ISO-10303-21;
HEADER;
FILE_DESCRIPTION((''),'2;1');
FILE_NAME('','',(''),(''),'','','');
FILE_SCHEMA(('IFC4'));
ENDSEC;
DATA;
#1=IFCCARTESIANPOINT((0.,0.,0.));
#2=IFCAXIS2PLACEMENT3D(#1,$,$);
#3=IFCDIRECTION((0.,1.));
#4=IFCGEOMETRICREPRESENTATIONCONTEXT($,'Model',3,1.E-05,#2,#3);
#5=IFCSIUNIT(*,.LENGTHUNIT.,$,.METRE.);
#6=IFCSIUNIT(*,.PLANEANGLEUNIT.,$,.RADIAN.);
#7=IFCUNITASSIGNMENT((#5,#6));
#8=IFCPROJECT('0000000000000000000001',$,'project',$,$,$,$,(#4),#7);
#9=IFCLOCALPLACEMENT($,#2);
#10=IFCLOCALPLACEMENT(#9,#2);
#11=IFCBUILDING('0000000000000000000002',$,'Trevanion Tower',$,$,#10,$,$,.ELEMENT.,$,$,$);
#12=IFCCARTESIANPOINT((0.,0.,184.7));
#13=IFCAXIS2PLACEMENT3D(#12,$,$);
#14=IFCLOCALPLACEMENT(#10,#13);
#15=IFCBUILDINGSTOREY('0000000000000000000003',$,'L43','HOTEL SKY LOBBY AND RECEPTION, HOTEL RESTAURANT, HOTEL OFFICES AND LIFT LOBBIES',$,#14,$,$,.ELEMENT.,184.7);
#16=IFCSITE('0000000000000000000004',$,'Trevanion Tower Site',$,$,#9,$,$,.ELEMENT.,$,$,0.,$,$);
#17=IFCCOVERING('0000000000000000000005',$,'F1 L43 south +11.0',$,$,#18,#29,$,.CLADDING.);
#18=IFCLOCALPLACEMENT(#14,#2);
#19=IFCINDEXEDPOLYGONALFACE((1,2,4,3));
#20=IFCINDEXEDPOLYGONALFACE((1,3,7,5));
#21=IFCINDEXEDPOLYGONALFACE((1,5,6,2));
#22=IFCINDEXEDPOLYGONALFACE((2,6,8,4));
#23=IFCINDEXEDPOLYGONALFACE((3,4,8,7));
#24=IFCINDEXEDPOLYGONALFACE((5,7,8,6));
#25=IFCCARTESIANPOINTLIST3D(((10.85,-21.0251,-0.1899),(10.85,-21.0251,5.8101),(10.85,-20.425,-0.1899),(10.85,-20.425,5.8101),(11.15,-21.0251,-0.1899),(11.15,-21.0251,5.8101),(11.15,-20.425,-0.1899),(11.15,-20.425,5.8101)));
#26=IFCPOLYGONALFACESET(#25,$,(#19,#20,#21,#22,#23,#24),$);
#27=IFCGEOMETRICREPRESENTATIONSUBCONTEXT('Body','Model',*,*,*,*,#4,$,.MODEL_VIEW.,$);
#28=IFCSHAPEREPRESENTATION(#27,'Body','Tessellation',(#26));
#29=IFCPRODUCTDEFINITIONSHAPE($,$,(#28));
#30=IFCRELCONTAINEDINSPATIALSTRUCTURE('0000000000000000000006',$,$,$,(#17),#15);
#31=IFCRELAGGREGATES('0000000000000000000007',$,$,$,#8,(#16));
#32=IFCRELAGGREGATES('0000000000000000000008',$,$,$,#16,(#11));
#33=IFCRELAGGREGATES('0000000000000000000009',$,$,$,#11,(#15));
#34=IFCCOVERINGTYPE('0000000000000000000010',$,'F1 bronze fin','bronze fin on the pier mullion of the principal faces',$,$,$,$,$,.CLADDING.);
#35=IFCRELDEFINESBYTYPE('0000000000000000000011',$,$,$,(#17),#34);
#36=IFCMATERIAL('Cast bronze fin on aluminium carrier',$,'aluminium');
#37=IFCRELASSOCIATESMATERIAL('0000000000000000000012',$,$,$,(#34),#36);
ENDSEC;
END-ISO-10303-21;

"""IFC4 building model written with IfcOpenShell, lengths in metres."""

from ifc_helpers import new_model, si_unit, direction, frame, origin, origin_2d, place, context, subcontext, project, spatial, rectangle, extrude, material, type_object, element, save


model = new_model("IFC4")

# Units and contexts
model_context = context("Model", 3, precision=1e-05, world=origin(), true_north=direction((0.0, 1.0)))
body_context = subcontext(model_context, "Body", "Model", "MODEL_VIEW")
ifc_project = project(units=[si_unit("LENGTHUNIT", "METRE"), si_unit("PLANEANGLEUNIT", "RADIAN")], contexts=[model_context])

# Site, building, storey
site_placement = place(None, origin())
site = spatial("IfcSite", under=ifc_project, at=site_placement, Name="Trevanion Tower Site", CompositionType="ELEMENT", RefElevation=0.0)
building_placement = place(site_placement, origin())
building = spatial("IfcBuilding", under=site, at=building_placement, Name="Trevanion Tower", CompositionType="ELEMENT")
storey_placement = place(building_placement, frame((0.0, 0.0, 184.7)))
storey = spatial("IfcBuildingStorey", under=building, at=storey_placement, Name="L43", Description="HOTEL SKY LOBBY AND RECEPTION, HOTEL RESTAURANT, HOTEL OFFICES AND LIFT LOBBIES", CompositionType="ELEMENT", Elevation=184.7)

# Covering
ifc_material_1 = material(Name="Cast bronze fin on aluminium carrier", Category="aluminium")
covering_type = type_object("IfcCoveringType", Name="F1 bronze fin", Description="bronze fin on the pier mullion of the principal faces", PredefinedType="CLADDING", material=ifc_material_1)
covering_placement = place(storey_placement, frame((11.0, -20.7251, -0.1899), z_axis=(0.0, 0.0, 1.0), x_axis=(1.0, 0.0, 0.0)))
element("IfcCovering", 1, at=covering_placement, inside=storey, type_object=covering_type, Name="F1 L43 south +11.0", PredefinedType="CLADDING", context=body_context, shape_type="SweptSolid", body=[
    extrude(rectangle(XDim=0.3, YDim=0.6001, at=origin_2d()), origin(), (0.0, 0.0, 1.0), 6.0),
])

save(model, "model.ifc")
